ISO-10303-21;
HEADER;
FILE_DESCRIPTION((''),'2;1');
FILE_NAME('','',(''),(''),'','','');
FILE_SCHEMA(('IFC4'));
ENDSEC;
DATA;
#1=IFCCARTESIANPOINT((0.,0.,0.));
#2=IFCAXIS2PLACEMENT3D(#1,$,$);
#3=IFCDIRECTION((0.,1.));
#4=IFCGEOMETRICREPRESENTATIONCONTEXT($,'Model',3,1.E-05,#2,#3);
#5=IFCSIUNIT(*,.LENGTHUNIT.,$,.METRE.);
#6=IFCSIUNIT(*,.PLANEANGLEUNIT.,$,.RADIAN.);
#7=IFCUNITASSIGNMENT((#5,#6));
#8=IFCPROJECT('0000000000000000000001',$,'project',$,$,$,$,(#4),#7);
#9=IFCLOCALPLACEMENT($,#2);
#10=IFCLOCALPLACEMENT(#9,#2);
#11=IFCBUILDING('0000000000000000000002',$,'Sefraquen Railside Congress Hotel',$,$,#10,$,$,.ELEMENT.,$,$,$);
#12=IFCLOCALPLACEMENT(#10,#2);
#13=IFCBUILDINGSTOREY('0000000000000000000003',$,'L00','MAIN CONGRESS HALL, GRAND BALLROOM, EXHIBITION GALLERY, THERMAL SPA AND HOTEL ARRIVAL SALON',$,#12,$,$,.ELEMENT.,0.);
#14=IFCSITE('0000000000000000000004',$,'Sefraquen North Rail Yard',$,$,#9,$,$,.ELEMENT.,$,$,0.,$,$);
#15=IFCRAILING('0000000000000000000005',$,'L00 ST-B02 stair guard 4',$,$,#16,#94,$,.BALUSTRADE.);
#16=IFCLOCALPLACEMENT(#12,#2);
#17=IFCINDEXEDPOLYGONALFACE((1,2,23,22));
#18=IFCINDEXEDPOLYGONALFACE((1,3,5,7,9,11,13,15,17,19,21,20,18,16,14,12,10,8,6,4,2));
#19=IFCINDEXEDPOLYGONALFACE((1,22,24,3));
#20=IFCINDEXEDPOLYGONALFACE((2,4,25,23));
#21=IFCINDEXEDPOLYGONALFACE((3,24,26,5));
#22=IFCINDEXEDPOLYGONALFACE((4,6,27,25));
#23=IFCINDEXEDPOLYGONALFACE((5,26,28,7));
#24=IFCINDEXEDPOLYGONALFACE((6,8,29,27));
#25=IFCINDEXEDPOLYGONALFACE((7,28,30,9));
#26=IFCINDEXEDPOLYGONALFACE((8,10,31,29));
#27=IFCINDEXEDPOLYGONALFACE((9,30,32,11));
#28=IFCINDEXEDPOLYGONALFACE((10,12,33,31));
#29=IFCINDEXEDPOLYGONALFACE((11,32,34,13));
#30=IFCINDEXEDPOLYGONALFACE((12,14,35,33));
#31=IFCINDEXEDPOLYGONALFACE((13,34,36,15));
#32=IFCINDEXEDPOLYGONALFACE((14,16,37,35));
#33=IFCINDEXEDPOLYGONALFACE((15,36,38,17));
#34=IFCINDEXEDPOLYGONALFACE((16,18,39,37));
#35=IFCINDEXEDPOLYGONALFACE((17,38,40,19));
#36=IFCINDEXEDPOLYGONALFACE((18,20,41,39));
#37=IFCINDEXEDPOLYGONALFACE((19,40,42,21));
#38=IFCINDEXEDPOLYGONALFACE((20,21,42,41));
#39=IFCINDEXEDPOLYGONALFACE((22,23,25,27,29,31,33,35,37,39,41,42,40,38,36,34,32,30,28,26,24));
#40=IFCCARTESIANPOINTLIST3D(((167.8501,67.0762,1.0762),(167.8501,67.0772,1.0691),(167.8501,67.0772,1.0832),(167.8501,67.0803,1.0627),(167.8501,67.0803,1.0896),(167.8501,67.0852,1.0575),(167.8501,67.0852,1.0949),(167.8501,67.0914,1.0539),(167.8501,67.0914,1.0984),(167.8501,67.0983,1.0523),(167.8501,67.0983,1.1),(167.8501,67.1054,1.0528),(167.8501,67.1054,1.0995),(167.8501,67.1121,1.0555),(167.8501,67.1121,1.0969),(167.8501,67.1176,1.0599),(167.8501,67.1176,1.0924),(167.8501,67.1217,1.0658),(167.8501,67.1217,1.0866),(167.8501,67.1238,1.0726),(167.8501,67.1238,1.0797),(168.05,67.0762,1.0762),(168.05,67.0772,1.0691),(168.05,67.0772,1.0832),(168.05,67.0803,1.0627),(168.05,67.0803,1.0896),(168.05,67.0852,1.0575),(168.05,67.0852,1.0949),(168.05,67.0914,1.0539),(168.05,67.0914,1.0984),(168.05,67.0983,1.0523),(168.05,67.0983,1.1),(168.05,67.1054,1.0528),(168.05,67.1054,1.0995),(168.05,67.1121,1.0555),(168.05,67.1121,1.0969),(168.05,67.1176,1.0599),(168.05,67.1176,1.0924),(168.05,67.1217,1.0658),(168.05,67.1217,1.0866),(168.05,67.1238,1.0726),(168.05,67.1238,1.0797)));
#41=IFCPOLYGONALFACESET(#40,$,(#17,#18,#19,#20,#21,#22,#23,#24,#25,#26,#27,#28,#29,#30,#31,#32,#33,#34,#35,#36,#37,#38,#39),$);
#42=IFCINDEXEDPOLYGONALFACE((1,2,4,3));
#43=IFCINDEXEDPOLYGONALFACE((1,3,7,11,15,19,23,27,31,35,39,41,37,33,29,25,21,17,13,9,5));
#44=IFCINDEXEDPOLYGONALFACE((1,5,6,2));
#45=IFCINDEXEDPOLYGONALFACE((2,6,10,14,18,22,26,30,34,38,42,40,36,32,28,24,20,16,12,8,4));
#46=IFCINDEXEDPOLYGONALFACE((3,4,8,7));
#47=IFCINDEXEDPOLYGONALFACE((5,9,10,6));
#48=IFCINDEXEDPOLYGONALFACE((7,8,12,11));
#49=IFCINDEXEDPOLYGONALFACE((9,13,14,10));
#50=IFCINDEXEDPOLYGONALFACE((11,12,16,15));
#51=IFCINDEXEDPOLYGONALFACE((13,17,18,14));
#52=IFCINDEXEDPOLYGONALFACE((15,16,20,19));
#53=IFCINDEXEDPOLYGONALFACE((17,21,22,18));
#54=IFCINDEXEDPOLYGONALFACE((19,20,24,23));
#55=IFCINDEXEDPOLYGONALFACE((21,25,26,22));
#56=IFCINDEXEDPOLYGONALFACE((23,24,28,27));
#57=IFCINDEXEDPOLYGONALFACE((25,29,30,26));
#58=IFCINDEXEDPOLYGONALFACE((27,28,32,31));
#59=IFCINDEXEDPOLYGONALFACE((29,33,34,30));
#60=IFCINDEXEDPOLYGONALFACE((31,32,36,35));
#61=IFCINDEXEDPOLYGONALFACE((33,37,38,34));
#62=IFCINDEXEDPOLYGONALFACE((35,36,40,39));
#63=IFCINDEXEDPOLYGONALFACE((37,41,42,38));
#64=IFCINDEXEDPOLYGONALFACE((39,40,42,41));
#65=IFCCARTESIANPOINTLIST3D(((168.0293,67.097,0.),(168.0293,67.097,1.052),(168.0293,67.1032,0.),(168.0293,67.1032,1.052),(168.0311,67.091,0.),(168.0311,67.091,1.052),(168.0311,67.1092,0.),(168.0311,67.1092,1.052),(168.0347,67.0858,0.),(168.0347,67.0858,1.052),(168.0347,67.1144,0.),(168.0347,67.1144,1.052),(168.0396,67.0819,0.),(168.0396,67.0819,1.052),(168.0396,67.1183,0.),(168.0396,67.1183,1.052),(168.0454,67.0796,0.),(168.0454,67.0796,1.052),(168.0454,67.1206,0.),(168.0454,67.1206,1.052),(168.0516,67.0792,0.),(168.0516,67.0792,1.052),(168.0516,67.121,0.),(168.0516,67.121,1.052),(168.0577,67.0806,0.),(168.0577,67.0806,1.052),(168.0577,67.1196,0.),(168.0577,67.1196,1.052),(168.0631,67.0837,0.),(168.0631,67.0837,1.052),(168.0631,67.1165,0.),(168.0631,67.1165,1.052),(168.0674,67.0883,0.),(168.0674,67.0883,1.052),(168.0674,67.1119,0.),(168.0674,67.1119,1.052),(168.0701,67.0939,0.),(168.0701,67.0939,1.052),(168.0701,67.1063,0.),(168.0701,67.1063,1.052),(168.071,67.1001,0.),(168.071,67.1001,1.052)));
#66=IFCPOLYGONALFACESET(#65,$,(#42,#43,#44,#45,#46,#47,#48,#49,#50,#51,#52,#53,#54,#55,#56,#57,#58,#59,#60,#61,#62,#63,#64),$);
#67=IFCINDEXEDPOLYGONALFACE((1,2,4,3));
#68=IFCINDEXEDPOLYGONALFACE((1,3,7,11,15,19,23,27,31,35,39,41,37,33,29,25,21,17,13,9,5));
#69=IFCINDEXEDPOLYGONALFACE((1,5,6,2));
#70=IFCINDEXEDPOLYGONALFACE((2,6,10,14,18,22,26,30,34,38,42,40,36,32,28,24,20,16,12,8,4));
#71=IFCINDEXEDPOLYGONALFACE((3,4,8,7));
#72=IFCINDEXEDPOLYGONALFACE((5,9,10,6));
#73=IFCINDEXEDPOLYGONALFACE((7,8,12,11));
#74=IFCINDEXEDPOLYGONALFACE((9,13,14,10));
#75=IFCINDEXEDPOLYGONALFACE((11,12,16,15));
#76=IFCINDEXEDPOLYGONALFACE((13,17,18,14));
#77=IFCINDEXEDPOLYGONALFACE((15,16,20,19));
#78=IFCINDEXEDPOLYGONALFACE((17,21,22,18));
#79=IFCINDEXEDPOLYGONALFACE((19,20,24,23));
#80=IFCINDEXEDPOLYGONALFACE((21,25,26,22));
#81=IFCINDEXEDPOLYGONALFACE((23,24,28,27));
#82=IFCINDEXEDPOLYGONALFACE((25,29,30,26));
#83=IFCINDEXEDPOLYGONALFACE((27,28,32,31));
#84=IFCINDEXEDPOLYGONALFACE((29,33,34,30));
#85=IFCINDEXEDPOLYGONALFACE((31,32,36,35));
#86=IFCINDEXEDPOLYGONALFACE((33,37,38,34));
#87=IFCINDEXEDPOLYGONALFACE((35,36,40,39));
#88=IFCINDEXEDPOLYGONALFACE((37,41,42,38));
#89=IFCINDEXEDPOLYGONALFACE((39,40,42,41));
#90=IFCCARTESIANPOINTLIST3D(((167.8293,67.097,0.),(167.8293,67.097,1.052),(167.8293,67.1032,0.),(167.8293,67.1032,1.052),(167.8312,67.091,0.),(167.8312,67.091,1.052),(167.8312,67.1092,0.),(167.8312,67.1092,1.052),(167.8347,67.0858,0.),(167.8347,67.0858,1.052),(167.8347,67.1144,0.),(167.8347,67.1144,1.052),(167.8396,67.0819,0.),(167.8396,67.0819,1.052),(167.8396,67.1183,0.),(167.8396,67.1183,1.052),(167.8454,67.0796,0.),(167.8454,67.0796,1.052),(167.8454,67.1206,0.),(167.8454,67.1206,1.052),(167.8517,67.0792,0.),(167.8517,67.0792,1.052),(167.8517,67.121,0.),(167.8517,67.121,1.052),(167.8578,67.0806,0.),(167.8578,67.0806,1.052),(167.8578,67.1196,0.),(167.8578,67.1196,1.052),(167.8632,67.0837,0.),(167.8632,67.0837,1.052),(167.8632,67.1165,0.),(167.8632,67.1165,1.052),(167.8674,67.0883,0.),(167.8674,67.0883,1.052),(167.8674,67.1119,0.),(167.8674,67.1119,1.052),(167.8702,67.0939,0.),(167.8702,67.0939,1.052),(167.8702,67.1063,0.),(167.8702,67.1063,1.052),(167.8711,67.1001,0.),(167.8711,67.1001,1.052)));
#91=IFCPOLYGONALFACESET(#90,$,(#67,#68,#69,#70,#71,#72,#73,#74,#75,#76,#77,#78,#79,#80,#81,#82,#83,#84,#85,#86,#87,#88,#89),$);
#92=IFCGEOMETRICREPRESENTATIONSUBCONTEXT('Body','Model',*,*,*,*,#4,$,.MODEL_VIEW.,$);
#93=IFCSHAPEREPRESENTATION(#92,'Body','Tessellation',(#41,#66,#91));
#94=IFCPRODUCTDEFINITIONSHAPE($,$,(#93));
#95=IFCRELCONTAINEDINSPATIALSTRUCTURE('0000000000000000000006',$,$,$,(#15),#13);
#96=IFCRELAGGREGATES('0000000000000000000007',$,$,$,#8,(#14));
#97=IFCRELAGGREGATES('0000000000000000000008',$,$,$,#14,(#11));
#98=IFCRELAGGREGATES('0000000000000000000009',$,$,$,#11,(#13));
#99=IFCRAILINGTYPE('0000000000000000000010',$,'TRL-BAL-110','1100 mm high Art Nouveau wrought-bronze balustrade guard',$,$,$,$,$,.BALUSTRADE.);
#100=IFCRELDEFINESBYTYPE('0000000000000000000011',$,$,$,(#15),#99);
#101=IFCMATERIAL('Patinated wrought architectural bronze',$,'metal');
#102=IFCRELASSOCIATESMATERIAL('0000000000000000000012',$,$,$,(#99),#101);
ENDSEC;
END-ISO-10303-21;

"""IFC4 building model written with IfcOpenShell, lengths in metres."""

from ifc_helpers import new_model, si_unit, direction, frame, origin, origin_2d, place, context, subcontext, project, spatial, circle, extrude, material, type_object, element, save


model = new_model("IFC4")

# Units and contexts
model_context = context("Model", 3, precision=1e-05, world=origin(), true_north=direction((0.0, 1.0)))
body_context = subcontext(model_context, "Body", "Model", "MODEL_VIEW")
ifc_project = project(units=[si_unit("LENGTHUNIT", "METRE"), si_unit("PLANEANGLEUNIT", "RADIAN")], contexts=[model_context])

# Site, building, storey
site_placement = place(None, origin())
site = spatial("IfcSite", under=ifc_project, at=site_placement, Name="Sefraquen North Rail Yard", CompositionType="ELEMENT", RefElevation=0.0)
building_placement = place(site_placement, origin())
building = spatial("IfcBuilding", under=site, at=building_placement, Name="Sefraquen Railside Congress Hotel", CompositionType="ELEMENT")
storey_placement = place(building_placement, origin())
storey = spatial("IfcBuildingStorey", under=building, at=storey_placement, Name="L00", Description="MAIN CONGRESS HALL, GRAND BALLROOM, EXHIBITION GALLERY, THERMAL SPA AND HOTEL ARRIVAL SALON", CompositionType="ELEMENT", Elevation=0.0)

# Railing
ifc_material_1 = material(Name="Patinated wrought architectural bronze", Category="metal")
railing_type_1 = type_object("IfcRailingType", Name="TRL-BAL-110", Description="1100 mm high Art Nouveau wrought-bronze balustrade guard", PredefinedType="BALUSTRADE", material=ifc_material_1)
railing_1_placement = place(storey_placement, frame((168.05, 67.1001, 0.0)))
element("IfcRailing", 1, at=railing_1_placement, inside=storey, type_object=railing_type_1, Name="L00 ST-B02 stair guard 4", PredefinedType="BALUSTRADE", context=body_context, shape_type="SweptSolid", body=[
    extrude(circle(Radius=0.0239, at=origin_2d()), frame((0.0, 0.0, 1.0762), z_axis=(-1.0, 0.0, 0.0), x_axis=(0.0, -1.0, 0.0)), (0.0, 0.0, 1.0), 0.2),
    extrude(circle(Radius=0.021, at=origin_2d()), origin(), (0.0, 0.0, 1.0), 1.052),
    extrude(circle(Radius=0.021, at=origin_2d()), frame((-0.2, 0.0, 0.0)), (0.0, 0.0, 1.0), 1.052),
])

save(model, "model.ifc")
